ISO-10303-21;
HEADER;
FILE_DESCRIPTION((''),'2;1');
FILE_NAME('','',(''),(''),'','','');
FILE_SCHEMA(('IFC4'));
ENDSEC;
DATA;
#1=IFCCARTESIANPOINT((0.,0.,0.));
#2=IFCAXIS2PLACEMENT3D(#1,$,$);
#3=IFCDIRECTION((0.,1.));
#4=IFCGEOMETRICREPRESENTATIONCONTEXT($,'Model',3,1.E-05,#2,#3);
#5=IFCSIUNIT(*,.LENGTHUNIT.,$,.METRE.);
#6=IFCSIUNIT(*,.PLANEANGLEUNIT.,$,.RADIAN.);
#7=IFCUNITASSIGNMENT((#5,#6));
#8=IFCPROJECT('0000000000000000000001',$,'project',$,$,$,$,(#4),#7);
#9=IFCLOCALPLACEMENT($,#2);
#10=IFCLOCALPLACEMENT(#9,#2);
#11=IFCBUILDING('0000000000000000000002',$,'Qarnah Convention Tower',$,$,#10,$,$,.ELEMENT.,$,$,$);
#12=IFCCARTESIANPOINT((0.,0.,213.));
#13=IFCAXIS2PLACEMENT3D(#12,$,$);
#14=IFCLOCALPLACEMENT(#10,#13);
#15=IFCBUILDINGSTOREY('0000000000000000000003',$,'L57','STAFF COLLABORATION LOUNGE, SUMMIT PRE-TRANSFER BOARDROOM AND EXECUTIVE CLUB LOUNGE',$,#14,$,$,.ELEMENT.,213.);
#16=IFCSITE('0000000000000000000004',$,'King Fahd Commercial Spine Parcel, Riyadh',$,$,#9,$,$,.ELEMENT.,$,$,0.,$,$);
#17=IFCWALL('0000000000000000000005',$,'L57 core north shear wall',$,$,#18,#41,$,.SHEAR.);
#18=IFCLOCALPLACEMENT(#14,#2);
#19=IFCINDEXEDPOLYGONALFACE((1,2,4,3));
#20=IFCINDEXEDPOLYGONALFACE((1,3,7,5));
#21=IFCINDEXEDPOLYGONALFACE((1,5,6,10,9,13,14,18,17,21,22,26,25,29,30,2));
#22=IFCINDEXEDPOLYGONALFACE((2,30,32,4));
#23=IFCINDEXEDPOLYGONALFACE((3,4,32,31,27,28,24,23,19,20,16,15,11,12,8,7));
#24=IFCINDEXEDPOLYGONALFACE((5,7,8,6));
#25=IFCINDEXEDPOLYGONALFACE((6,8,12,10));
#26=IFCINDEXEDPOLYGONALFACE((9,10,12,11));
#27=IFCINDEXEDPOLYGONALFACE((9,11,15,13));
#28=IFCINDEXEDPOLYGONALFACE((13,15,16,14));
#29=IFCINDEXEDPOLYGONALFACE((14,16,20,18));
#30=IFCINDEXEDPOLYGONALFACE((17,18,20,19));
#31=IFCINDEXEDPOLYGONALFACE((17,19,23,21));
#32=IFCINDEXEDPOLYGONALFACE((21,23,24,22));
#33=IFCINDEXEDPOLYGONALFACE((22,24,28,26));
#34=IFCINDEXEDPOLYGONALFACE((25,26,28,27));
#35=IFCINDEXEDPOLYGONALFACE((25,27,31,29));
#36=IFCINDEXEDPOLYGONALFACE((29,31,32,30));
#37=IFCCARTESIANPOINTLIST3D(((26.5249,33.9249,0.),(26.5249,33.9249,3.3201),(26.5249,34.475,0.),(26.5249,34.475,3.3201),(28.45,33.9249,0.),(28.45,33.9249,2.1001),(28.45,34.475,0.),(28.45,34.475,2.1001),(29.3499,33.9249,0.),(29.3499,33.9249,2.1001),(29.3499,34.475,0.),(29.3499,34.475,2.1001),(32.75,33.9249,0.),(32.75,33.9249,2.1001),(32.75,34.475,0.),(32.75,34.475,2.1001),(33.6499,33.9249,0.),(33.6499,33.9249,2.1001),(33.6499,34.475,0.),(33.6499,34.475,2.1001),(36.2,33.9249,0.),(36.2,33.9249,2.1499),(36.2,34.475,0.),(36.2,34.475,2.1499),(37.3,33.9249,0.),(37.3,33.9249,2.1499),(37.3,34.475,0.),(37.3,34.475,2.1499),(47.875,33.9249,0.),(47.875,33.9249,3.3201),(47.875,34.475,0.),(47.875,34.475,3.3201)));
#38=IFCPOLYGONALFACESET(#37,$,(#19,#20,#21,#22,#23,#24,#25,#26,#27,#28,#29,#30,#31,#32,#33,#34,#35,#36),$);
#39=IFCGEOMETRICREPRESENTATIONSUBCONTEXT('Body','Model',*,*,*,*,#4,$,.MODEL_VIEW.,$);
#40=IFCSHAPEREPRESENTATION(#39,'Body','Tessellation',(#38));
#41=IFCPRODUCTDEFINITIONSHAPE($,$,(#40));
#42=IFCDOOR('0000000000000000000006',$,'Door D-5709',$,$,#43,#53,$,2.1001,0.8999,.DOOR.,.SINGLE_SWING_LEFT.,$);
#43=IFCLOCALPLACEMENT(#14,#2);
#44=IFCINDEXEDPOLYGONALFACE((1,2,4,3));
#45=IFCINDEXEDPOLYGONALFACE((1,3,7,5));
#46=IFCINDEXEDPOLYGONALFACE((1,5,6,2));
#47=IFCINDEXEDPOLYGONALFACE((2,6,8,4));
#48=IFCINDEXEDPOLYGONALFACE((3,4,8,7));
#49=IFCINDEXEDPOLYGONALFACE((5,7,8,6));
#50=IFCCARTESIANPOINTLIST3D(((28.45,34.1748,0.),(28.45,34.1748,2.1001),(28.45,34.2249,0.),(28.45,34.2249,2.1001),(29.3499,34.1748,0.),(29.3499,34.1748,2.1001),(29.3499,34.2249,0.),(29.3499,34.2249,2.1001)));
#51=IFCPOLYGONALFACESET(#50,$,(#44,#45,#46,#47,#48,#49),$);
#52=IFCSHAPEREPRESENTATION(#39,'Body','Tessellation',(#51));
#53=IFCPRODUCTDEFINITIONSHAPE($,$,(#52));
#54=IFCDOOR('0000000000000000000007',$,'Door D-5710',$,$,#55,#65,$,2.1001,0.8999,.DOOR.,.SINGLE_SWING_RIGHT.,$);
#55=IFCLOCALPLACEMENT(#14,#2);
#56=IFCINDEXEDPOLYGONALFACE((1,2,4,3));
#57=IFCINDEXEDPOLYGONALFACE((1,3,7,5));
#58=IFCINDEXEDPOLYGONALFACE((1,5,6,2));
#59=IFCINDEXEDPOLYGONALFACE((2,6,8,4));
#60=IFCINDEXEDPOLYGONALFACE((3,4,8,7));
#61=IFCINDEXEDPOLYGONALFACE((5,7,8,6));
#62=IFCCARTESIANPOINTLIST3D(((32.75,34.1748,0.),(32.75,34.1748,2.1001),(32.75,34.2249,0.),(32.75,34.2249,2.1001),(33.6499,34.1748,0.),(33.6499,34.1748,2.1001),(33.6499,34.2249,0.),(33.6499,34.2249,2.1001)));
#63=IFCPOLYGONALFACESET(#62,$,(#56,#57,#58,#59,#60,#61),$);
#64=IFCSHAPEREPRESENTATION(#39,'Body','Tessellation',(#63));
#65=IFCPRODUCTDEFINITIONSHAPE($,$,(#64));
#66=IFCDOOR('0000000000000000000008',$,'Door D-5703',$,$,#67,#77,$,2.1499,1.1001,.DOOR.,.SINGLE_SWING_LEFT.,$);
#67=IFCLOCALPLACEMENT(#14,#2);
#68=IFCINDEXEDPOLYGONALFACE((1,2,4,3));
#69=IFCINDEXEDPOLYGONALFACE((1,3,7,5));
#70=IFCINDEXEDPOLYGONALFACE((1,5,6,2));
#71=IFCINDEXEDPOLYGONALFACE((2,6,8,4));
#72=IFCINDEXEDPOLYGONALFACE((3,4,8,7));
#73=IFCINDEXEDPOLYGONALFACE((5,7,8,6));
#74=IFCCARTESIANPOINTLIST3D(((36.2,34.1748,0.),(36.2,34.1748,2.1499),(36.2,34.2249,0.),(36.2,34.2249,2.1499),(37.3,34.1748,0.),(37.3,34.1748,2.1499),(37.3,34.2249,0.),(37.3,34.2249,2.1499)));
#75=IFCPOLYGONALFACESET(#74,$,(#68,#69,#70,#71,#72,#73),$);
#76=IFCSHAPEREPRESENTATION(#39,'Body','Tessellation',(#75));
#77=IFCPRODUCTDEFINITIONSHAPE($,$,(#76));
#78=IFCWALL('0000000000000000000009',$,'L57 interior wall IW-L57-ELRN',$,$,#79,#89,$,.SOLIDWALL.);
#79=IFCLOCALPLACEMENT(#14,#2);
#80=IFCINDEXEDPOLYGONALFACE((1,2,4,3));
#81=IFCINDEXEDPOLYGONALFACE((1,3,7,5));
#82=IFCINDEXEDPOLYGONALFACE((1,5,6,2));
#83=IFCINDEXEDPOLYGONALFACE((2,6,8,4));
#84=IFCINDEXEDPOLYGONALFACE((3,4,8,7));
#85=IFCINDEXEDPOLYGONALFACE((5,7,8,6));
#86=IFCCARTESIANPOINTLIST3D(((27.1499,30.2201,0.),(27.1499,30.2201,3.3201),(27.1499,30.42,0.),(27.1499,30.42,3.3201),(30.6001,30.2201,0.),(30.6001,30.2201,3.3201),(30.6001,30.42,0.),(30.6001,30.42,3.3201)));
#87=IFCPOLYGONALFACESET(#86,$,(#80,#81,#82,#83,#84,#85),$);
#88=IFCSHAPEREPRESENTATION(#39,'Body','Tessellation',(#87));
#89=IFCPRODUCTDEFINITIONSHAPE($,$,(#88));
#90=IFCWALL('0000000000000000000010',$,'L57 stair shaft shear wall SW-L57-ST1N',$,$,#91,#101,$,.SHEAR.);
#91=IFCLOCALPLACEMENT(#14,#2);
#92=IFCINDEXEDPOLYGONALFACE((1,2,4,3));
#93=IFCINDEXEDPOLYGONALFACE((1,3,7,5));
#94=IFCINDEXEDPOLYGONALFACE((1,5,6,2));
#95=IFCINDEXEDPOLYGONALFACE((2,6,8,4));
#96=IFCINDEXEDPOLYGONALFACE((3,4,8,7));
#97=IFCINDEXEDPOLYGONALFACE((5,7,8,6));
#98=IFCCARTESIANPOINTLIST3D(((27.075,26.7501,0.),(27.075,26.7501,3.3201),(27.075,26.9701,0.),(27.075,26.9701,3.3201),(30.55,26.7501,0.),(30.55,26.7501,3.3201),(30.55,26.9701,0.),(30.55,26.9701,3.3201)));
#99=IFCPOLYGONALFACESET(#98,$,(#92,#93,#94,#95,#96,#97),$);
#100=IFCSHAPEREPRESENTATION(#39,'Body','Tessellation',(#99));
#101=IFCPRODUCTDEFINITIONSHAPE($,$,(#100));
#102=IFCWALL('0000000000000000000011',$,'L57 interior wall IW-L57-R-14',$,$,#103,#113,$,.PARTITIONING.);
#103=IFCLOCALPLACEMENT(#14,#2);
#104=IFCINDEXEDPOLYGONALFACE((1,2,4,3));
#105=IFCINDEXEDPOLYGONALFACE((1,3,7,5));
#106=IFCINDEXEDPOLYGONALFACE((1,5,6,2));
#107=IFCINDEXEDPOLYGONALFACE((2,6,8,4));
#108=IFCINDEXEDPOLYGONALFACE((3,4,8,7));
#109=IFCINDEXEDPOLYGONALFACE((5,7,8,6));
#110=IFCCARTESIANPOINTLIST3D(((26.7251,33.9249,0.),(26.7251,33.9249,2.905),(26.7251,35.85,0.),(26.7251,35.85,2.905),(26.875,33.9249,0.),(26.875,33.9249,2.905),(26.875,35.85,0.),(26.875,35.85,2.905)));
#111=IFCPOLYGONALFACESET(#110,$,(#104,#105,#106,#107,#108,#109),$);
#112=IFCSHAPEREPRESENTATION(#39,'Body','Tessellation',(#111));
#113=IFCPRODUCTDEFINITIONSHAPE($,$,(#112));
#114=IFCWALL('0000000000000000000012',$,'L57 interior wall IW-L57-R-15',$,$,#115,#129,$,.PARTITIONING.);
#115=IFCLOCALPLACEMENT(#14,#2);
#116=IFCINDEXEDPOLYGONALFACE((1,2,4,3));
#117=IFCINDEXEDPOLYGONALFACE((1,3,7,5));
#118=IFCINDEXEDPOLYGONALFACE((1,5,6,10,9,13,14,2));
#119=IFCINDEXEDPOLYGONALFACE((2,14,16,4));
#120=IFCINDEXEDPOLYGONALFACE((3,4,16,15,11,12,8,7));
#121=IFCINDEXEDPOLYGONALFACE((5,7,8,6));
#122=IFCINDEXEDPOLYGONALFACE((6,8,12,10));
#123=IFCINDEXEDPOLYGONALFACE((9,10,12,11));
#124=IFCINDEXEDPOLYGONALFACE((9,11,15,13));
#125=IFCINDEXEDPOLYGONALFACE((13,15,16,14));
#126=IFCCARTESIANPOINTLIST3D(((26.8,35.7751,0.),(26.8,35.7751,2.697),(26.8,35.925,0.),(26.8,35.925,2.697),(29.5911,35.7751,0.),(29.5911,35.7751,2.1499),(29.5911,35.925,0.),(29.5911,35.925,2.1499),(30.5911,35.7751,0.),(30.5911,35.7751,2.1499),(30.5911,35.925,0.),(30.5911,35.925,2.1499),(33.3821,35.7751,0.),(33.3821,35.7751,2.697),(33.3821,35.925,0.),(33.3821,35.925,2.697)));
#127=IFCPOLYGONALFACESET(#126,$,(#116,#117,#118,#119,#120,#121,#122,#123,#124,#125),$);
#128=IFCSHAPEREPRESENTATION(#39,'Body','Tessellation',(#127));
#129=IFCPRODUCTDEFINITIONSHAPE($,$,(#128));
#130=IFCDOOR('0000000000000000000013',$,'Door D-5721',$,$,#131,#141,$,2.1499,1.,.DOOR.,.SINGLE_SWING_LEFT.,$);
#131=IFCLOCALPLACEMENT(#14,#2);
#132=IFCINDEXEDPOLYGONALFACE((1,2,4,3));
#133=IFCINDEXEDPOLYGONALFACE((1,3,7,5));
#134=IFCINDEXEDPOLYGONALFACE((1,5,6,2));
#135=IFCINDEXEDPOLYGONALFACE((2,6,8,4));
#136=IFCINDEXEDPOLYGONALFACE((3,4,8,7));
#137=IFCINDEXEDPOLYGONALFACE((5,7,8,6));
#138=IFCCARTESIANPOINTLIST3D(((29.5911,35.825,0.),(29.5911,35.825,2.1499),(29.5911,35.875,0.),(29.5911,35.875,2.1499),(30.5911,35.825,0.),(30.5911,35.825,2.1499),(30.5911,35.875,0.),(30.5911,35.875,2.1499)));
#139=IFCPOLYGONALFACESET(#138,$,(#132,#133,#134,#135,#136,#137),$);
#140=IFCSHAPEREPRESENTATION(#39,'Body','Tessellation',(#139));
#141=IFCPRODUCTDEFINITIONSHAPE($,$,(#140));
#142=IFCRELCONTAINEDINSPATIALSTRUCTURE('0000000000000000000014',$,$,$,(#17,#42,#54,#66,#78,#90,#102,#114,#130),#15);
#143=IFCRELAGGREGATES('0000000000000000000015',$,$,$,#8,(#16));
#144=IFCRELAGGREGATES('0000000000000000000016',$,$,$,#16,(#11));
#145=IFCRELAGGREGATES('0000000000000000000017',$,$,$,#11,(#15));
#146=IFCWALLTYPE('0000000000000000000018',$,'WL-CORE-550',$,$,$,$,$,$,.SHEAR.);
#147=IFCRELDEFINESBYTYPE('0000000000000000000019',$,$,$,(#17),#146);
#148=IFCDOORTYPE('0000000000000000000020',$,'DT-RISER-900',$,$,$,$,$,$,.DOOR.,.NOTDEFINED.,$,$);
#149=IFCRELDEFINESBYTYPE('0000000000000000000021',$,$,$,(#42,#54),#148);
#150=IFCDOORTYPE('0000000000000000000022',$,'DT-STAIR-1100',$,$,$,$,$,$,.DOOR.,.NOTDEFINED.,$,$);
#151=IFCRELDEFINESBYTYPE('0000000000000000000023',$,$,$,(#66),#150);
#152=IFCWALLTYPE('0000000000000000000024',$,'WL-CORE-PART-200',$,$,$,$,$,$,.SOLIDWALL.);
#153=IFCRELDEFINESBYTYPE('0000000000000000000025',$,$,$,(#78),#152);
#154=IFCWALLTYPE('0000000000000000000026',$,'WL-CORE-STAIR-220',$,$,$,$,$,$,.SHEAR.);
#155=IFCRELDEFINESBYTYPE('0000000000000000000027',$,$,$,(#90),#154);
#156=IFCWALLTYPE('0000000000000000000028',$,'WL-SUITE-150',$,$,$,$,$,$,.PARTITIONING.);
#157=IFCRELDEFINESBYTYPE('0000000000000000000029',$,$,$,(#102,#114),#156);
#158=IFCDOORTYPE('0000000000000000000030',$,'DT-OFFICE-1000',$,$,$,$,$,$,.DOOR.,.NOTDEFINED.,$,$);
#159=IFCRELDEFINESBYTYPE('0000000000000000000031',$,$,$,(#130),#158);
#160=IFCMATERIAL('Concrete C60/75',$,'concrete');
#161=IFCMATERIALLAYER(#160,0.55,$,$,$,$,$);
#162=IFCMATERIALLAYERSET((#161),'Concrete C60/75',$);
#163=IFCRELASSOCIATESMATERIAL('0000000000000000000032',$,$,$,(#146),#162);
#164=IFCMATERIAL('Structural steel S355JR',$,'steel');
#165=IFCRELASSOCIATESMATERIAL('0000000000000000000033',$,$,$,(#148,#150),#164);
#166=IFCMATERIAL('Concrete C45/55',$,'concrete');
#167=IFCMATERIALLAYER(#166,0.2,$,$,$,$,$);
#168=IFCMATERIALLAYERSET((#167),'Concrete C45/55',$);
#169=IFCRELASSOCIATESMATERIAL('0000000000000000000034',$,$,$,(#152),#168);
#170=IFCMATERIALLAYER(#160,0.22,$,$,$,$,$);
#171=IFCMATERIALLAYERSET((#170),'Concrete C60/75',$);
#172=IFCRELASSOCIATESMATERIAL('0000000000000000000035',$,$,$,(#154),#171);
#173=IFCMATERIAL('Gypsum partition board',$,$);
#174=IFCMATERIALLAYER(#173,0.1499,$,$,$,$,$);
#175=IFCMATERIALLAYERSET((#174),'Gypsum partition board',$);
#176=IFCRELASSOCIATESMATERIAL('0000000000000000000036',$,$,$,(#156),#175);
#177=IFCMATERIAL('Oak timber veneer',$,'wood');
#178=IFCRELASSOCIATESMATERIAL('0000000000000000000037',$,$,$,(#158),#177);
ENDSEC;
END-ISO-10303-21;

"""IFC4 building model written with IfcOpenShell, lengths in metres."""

from ifc_helpers import new_model, si_unit, direction, frame, frame_2d, origin, place, context, subcontext, project, spatial, rectangle, extrude, material, layer, layer_set, type_object, element, fill, save


model = new_model("IFC4")

# Units and contexts
model_context = context("Model", 3, precision=1e-05, world=origin(), true_north=direction((0.0, 1.0)))
body_context = subcontext(model_context, "Body", "Model", "MODEL_VIEW")
ifc_project = project(units=[si_unit("LENGTHUNIT", "METRE"), si_unit("PLANEANGLEUNIT", "RADIAN")], contexts=[model_context])

# Site, building, storey
site_placement = place(None, origin())
site = spatial("IfcSite", under=ifc_project, at=site_placement, Name="King Fahd Commercial Spine Parcel, Riyadh", CompositionType="ELEMENT", RefElevation=0.0)
building_placement = place(site_placement, origin())
building = spatial("IfcBuilding", under=site, at=building_placement, Name="Qarnah Convention Tower", CompositionType="ELEMENT")
storey_placement = place(building_placement, frame((0.0, 0.0, 213.0)))
storey = spatial("IfcBuildingStorey", under=building, at=storey_placement, Name="L57", Description="STAFF COLLABORATION LOUNGE, SUMMIT PRE-TRANSFER BOARDROOM AND EXECUTIVE CLUB LOUNGE", CompositionType="ELEMENT", Elevation=213.0)

# Shared definitions
ifc_material_1 = material(Name="Structural steel S355JR", Category="steel")

# Wall, openings, doors
ifc_material_2 = material(Name="Concrete C60/75", Category="concrete")
ifc_layer_1 = layer(ifc_material_2, 0.55)
ifc_layer_set_1 = layer_set([ifc_layer_1], Name="Concrete C60/75")
wall_type_1 = type_object("IfcWallType", Name="WL-CORE-550", PredefinedType="SHEAR", material=ifc_layer_set_1)
wall_1_placement = place(storey_placement, frame((26.5249, 34.2, 0.0), z_axis=(0.0, 0.0, 1.0), x_axis=(1.0, 0.0, 0.0)))
wall_1 = element("IfcWall", 1, at=wall_1_placement, inside=storey, type_object=wall_type_1, Name="L57 core north shear wall", PredefinedType="SHEAR", context=body_context, shape_type="SweptSolid", body=[
    extrude(rectangle(XDim=21.3501, YDim=0.55, at=frame_2d((10.675, 0.0))), origin(), (0.0, 0.0, 1.0), 3.3201),
])
opening_1_placement = place(wall_1_placement, frame((9.675, 0.0, 0.0)))
opening_1 = element("IfcOpeningElement", 2, at=opening_1_placement, cuts=wall_1, PredefinedType="OPENING", context=body_context, shape_type="SweptSolid", body=[
    extrude(rectangle(XDim=1.1001, YDim=2.1499, at=frame_2d((0.55, 1.075))), frame((0.0, 0.2849, 0.0), z_axis=(0.0, -1.0, 0.0), x_axis=(1.0, 0.0, 0.0)), (0.0, 0.0, 1.0), 0.5701),
])
opening_2_placement = place(wall_1_placement, frame((1.925, 0.0, 0.0)))
opening_2 = element("IfcOpeningElement", 3, at=opening_2_placement, cuts=wall_1, PredefinedType="OPENING", context=body_context, shape_type="SweptSolid", body=[
    extrude(rectangle(XDim=0.8999, YDim=2.1001, at=frame_2d((0.45, 1.05))), frame((0.0, 0.2849, 0.0), z_axis=(0.0, -1.0, 0.0), x_axis=(1.0, 0.0, 0.0)), (0.0, 0.0, 1.0), 0.5701),
])
opening_3_placement = place(wall_1_placement, frame((6.2251, 0.0, 0.0)))
opening_3 = element("IfcOpeningElement", 4, at=opening_3_placement, cuts=wall_1, PredefinedType="OPENING", context=body_context, shape_type="SweptSolid", body=[
    extrude(rectangle(XDim=0.8999, YDim=2.1001, at=frame_2d((0.45, 1.05))), frame((0.0, 0.2849, 0.0), z_axis=(0.0, -1.0, 0.0), x_axis=(1.0, 0.0, 0.0)), (0.0, 0.0, 1.0), 0.5701),
])
door_type_1 = type_object("IfcDoorType", Name="DT-RISER-900", OperationType="NOTDEFINED", PredefinedType="DOOR", material=ifc_material_1)
door_1_placement = place(opening_2_placement, origin())
door_1 = element("IfcDoor", 5, at=door_1_placement, inside=storey, type_object=door_type_1, Name="Door D-5709", OperationType="SINGLE_SWING_LEFT", OverallHeight=2.1001, OverallWidth=0.8999, PredefinedType="DOOR", context=body_context, shape_type="SweptSolid", body=[
    extrude(rectangle(XDim=0.8999, YDim=2.1001, at=frame_2d((0.45, 1.05))), frame((0.0, 0.0249, 0.0), z_axis=(0.0, -1.0, 0.0), x_axis=(1.0, 0.0, 0.0)), (0.0, 0.0, 1.0), 0.05),
])
fill(opening_2, door_1)
door_2_placement = place(opening_3_placement, origin())
door_2 = element("IfcDoor", 6, at=door_2_placement, inside=storey, type_object=door_type_1, Name="Door D-5710", OperationType="SINGLE_SWING_RIGHT", OverallHeight=2.1001, OverallWidth=0.8999, PredefinedType="DOOR", context=body_context, shape_type="SweptSolid", body=[
    extrude(rectangle(XDim=0.8999, YDim=2.1001, at=frame_2d((0.45, 1.05))), frame((0.0, 0.0249, 0.0), z_axis=(0.0, -1.0, 0.0), x_axis=(1.0, 0.0, 0.0)), (0.0, 0.0, 1.0), 0.05),
])
fill(opening_3, door_2)
door_type_2 = type_object("IfcDoorType", Name="DT-STAIR-1100", OperationType="NOTDEFINED", PredefinedType="DOOR", material=ifc_material_1)
door_3_placement = place(opening_1_placement, origin())
door_3 = element("IfcDoor", 7, at=door_3_placement, inside=storey, type_object=door_type_2, Name="Door D-5703", OperationType="SINGLE_SWING_LEFT", OverallHeight=2.1499, OverallWidth=1.1001, PredefinedType="DOOR", context=body_context, shape_type="SweptSolid", body=[
    extrude(rectangle(XDim=1.1001, YDim=2.1499, at=frame_2d((0.55, 1.075))), frame((0.0, 0.0249, 0.0), z_axis=(0.0, -1.0, 0.0), x_axis=(1.0, 0.0, 0.0)), (0.0, 0.0, 1.0), 0.05),
])
fill(opening_1, door_3)

# Walls
ifc_material_3 = material(Name="Concrete C45/55", Category="concrete")
ifc_layer_2 = layer(ifc_material_3, 0.2)
ifc_layer_set_2 = layer_set([ifc_layer_2], Name="Concrete C45/55")
wall_type_2 = type_object("IfcWallType", Name="WL-CORE-PART-200", PredefinedType="SOLIDWALL", material=ifc_layer_set_2)
wall_2_placement = place(storey_placement, frame((27.1499, 30.3201, 0.0), z_axis=(0.0, 0.0, 1.0), x_axis=(1.0, 0.0, 0.0)))
element("IfcWall", 8, at=wall_2_placement, inside=storey, type_object=wall_type_2, Name="L57 interior wall IW-L57-ELRN", PredefinedType="SOLIDWALL", context=body_context, shape_type="SweptSolid", body=[
    extrude(rectangle(XDim=3.4502, YDim=0.2, at=frame_2d((1.7251, 0.0))), origin(), (0.0, 0.0, 1.0), 3.3201),
])
ifc_layer_3 = layer(ifc_material_2, 0.22)
ifc_layer_set_3 = layer_set([ifc_layer_3], Name="Concrete C60/75")
wall_type_3 = type_object("IfcWallType", Name="WL-CORE-STAIR-220", PredefinedType="SHEAR", material=ifc_layer_set_3)
wall_3_placement = place(storey_placement, frame((27.075, 26.8601, 0.0), z_axis=(0.0, 0.0, 1.0), x_axis=(1.0, 0.0, 0.0)))
element("IfcWall", 9, at=wall_3_placement, inside=storey, type_object=wall_type_3, Name="L57 stair shaft shear wall SW-L57-ST1N", PredefinedType="SHEAR", context=body_context, shape_type="SweptSolid", body=[
    extrude(rectangle(XDim=3.4751, YDim=0.22, at=frame_2d((1.7375, 0.0))), origin(), (0.0, 0.0, 1.0), 3.3201),
])
ifc_material_4 = material(Name="Gypsum partition board")
ifc_layer_4 = layer(ifc_material_4, 0.1499)
ifc_layer_set_4 = layer_set([ifc_layer_4], Name="Gypsum partition board")
wall_type_4 = type_object("IfcWallType", Name="WL-SUITE-150", PredefinedType="PARTITIONING", material=ifc_layer_set_4)
wall_4_placement = place(storey_placement, frame((26.8, 33.925, 0.0), z_axis=(0.0, 0.0, 1.0), x_axis=(0.0, 1.0, 0.0)))
element("IfcWall", 10, at=wall_4_placement, inside=storey, type_object=wall_type_4, Name="L57 interior wall IW-L57-R-14", PredefinedType="PARTITIONING", context=body_context, shape_type="SweptSolid", body=[
    extrude(rectangle(XDim=1.925, YDim=0.1499, at=frame_2d((0.9624, 0.0))), origin(), (0.0, 0.0, 1.0), 2.905),
])

# Wall, opening, door
wall_5_placement = place(storey_placement, frame((26.8, 35.8501, 0.0), z_axis=(0.0, 0.0, 1.0), x_axis=(1.0, 0.0, 0.0)))
wall_5 = element("IfcWall", 11, at=wall_5_placement, inside=storey, type_object=wall_type_4, Name="L57 interior wall IW-L57-R-15", PredefinedType="PARTITIONING", context=body_context, shape_type="SweptSolid", body=[
    extrude(rectangle(XDim=6.582, YDim=0.1499, at=frame_2d((3.291, 0.0))), origin(), (0.0, 0.0, 1.0), 2.697),
])
opening_4_placement = place(wall_5_placement, frame((2.791, 0.0, 0.0)))
opening_4 = element("IfcOpeningElement", 12, at=opening_4_placement, cuts=wall_5, PredefinedType="OPENING", context=body_context, shape_type="SweptSolid", body=[
    extrude(rectangle(XDim=1.0, YDim=2.1499, at=frame_2d((0.5, 1.075))), frame((0.0, 0.085, 0.0), z_axis=(0.0, -1.0, 0.0), x_axis=(1.0, 0.0, 0.0)), (0.0, 0.0, 1.0), 0.1699),
])
ifc_material_5 = material(Name="Oak timber veneer", Category="wood")
door_type_3 = type_object("IfcDoorType", Name="DT-OFFICE-1000", OperationType="NOTDEFINED", PredefinedType="DOOR", material=ifc_material_5)
door_4_placement = place(opening_4_placement, origin())
door_4 = element("IfcDoor", 13, at=door_4_placement, inside=storey, type_object=door_type_3, Name="Door D-5721", OperationType="SINGLE_SWING_LEFT", OverallHeight=2.1499, OverallWidth=1.0, PredefinedType="DOOR", context=body_context, shape_type="SweptSolid", body=[
    extrude(rectangle(XDim=1.0, YDim=2.1499, at=frame_2d((0.5, 1.075))), frame((0.0, 0.0249, 0.0), z_axis=(0.0, -1.0, 0.0), x_axis=(1.0, 0.0, 0.0)), (0.0, 0.0, 1.0), 0.05),
])
fill(opening_4, door_4)

save(model, "model.ifc")
